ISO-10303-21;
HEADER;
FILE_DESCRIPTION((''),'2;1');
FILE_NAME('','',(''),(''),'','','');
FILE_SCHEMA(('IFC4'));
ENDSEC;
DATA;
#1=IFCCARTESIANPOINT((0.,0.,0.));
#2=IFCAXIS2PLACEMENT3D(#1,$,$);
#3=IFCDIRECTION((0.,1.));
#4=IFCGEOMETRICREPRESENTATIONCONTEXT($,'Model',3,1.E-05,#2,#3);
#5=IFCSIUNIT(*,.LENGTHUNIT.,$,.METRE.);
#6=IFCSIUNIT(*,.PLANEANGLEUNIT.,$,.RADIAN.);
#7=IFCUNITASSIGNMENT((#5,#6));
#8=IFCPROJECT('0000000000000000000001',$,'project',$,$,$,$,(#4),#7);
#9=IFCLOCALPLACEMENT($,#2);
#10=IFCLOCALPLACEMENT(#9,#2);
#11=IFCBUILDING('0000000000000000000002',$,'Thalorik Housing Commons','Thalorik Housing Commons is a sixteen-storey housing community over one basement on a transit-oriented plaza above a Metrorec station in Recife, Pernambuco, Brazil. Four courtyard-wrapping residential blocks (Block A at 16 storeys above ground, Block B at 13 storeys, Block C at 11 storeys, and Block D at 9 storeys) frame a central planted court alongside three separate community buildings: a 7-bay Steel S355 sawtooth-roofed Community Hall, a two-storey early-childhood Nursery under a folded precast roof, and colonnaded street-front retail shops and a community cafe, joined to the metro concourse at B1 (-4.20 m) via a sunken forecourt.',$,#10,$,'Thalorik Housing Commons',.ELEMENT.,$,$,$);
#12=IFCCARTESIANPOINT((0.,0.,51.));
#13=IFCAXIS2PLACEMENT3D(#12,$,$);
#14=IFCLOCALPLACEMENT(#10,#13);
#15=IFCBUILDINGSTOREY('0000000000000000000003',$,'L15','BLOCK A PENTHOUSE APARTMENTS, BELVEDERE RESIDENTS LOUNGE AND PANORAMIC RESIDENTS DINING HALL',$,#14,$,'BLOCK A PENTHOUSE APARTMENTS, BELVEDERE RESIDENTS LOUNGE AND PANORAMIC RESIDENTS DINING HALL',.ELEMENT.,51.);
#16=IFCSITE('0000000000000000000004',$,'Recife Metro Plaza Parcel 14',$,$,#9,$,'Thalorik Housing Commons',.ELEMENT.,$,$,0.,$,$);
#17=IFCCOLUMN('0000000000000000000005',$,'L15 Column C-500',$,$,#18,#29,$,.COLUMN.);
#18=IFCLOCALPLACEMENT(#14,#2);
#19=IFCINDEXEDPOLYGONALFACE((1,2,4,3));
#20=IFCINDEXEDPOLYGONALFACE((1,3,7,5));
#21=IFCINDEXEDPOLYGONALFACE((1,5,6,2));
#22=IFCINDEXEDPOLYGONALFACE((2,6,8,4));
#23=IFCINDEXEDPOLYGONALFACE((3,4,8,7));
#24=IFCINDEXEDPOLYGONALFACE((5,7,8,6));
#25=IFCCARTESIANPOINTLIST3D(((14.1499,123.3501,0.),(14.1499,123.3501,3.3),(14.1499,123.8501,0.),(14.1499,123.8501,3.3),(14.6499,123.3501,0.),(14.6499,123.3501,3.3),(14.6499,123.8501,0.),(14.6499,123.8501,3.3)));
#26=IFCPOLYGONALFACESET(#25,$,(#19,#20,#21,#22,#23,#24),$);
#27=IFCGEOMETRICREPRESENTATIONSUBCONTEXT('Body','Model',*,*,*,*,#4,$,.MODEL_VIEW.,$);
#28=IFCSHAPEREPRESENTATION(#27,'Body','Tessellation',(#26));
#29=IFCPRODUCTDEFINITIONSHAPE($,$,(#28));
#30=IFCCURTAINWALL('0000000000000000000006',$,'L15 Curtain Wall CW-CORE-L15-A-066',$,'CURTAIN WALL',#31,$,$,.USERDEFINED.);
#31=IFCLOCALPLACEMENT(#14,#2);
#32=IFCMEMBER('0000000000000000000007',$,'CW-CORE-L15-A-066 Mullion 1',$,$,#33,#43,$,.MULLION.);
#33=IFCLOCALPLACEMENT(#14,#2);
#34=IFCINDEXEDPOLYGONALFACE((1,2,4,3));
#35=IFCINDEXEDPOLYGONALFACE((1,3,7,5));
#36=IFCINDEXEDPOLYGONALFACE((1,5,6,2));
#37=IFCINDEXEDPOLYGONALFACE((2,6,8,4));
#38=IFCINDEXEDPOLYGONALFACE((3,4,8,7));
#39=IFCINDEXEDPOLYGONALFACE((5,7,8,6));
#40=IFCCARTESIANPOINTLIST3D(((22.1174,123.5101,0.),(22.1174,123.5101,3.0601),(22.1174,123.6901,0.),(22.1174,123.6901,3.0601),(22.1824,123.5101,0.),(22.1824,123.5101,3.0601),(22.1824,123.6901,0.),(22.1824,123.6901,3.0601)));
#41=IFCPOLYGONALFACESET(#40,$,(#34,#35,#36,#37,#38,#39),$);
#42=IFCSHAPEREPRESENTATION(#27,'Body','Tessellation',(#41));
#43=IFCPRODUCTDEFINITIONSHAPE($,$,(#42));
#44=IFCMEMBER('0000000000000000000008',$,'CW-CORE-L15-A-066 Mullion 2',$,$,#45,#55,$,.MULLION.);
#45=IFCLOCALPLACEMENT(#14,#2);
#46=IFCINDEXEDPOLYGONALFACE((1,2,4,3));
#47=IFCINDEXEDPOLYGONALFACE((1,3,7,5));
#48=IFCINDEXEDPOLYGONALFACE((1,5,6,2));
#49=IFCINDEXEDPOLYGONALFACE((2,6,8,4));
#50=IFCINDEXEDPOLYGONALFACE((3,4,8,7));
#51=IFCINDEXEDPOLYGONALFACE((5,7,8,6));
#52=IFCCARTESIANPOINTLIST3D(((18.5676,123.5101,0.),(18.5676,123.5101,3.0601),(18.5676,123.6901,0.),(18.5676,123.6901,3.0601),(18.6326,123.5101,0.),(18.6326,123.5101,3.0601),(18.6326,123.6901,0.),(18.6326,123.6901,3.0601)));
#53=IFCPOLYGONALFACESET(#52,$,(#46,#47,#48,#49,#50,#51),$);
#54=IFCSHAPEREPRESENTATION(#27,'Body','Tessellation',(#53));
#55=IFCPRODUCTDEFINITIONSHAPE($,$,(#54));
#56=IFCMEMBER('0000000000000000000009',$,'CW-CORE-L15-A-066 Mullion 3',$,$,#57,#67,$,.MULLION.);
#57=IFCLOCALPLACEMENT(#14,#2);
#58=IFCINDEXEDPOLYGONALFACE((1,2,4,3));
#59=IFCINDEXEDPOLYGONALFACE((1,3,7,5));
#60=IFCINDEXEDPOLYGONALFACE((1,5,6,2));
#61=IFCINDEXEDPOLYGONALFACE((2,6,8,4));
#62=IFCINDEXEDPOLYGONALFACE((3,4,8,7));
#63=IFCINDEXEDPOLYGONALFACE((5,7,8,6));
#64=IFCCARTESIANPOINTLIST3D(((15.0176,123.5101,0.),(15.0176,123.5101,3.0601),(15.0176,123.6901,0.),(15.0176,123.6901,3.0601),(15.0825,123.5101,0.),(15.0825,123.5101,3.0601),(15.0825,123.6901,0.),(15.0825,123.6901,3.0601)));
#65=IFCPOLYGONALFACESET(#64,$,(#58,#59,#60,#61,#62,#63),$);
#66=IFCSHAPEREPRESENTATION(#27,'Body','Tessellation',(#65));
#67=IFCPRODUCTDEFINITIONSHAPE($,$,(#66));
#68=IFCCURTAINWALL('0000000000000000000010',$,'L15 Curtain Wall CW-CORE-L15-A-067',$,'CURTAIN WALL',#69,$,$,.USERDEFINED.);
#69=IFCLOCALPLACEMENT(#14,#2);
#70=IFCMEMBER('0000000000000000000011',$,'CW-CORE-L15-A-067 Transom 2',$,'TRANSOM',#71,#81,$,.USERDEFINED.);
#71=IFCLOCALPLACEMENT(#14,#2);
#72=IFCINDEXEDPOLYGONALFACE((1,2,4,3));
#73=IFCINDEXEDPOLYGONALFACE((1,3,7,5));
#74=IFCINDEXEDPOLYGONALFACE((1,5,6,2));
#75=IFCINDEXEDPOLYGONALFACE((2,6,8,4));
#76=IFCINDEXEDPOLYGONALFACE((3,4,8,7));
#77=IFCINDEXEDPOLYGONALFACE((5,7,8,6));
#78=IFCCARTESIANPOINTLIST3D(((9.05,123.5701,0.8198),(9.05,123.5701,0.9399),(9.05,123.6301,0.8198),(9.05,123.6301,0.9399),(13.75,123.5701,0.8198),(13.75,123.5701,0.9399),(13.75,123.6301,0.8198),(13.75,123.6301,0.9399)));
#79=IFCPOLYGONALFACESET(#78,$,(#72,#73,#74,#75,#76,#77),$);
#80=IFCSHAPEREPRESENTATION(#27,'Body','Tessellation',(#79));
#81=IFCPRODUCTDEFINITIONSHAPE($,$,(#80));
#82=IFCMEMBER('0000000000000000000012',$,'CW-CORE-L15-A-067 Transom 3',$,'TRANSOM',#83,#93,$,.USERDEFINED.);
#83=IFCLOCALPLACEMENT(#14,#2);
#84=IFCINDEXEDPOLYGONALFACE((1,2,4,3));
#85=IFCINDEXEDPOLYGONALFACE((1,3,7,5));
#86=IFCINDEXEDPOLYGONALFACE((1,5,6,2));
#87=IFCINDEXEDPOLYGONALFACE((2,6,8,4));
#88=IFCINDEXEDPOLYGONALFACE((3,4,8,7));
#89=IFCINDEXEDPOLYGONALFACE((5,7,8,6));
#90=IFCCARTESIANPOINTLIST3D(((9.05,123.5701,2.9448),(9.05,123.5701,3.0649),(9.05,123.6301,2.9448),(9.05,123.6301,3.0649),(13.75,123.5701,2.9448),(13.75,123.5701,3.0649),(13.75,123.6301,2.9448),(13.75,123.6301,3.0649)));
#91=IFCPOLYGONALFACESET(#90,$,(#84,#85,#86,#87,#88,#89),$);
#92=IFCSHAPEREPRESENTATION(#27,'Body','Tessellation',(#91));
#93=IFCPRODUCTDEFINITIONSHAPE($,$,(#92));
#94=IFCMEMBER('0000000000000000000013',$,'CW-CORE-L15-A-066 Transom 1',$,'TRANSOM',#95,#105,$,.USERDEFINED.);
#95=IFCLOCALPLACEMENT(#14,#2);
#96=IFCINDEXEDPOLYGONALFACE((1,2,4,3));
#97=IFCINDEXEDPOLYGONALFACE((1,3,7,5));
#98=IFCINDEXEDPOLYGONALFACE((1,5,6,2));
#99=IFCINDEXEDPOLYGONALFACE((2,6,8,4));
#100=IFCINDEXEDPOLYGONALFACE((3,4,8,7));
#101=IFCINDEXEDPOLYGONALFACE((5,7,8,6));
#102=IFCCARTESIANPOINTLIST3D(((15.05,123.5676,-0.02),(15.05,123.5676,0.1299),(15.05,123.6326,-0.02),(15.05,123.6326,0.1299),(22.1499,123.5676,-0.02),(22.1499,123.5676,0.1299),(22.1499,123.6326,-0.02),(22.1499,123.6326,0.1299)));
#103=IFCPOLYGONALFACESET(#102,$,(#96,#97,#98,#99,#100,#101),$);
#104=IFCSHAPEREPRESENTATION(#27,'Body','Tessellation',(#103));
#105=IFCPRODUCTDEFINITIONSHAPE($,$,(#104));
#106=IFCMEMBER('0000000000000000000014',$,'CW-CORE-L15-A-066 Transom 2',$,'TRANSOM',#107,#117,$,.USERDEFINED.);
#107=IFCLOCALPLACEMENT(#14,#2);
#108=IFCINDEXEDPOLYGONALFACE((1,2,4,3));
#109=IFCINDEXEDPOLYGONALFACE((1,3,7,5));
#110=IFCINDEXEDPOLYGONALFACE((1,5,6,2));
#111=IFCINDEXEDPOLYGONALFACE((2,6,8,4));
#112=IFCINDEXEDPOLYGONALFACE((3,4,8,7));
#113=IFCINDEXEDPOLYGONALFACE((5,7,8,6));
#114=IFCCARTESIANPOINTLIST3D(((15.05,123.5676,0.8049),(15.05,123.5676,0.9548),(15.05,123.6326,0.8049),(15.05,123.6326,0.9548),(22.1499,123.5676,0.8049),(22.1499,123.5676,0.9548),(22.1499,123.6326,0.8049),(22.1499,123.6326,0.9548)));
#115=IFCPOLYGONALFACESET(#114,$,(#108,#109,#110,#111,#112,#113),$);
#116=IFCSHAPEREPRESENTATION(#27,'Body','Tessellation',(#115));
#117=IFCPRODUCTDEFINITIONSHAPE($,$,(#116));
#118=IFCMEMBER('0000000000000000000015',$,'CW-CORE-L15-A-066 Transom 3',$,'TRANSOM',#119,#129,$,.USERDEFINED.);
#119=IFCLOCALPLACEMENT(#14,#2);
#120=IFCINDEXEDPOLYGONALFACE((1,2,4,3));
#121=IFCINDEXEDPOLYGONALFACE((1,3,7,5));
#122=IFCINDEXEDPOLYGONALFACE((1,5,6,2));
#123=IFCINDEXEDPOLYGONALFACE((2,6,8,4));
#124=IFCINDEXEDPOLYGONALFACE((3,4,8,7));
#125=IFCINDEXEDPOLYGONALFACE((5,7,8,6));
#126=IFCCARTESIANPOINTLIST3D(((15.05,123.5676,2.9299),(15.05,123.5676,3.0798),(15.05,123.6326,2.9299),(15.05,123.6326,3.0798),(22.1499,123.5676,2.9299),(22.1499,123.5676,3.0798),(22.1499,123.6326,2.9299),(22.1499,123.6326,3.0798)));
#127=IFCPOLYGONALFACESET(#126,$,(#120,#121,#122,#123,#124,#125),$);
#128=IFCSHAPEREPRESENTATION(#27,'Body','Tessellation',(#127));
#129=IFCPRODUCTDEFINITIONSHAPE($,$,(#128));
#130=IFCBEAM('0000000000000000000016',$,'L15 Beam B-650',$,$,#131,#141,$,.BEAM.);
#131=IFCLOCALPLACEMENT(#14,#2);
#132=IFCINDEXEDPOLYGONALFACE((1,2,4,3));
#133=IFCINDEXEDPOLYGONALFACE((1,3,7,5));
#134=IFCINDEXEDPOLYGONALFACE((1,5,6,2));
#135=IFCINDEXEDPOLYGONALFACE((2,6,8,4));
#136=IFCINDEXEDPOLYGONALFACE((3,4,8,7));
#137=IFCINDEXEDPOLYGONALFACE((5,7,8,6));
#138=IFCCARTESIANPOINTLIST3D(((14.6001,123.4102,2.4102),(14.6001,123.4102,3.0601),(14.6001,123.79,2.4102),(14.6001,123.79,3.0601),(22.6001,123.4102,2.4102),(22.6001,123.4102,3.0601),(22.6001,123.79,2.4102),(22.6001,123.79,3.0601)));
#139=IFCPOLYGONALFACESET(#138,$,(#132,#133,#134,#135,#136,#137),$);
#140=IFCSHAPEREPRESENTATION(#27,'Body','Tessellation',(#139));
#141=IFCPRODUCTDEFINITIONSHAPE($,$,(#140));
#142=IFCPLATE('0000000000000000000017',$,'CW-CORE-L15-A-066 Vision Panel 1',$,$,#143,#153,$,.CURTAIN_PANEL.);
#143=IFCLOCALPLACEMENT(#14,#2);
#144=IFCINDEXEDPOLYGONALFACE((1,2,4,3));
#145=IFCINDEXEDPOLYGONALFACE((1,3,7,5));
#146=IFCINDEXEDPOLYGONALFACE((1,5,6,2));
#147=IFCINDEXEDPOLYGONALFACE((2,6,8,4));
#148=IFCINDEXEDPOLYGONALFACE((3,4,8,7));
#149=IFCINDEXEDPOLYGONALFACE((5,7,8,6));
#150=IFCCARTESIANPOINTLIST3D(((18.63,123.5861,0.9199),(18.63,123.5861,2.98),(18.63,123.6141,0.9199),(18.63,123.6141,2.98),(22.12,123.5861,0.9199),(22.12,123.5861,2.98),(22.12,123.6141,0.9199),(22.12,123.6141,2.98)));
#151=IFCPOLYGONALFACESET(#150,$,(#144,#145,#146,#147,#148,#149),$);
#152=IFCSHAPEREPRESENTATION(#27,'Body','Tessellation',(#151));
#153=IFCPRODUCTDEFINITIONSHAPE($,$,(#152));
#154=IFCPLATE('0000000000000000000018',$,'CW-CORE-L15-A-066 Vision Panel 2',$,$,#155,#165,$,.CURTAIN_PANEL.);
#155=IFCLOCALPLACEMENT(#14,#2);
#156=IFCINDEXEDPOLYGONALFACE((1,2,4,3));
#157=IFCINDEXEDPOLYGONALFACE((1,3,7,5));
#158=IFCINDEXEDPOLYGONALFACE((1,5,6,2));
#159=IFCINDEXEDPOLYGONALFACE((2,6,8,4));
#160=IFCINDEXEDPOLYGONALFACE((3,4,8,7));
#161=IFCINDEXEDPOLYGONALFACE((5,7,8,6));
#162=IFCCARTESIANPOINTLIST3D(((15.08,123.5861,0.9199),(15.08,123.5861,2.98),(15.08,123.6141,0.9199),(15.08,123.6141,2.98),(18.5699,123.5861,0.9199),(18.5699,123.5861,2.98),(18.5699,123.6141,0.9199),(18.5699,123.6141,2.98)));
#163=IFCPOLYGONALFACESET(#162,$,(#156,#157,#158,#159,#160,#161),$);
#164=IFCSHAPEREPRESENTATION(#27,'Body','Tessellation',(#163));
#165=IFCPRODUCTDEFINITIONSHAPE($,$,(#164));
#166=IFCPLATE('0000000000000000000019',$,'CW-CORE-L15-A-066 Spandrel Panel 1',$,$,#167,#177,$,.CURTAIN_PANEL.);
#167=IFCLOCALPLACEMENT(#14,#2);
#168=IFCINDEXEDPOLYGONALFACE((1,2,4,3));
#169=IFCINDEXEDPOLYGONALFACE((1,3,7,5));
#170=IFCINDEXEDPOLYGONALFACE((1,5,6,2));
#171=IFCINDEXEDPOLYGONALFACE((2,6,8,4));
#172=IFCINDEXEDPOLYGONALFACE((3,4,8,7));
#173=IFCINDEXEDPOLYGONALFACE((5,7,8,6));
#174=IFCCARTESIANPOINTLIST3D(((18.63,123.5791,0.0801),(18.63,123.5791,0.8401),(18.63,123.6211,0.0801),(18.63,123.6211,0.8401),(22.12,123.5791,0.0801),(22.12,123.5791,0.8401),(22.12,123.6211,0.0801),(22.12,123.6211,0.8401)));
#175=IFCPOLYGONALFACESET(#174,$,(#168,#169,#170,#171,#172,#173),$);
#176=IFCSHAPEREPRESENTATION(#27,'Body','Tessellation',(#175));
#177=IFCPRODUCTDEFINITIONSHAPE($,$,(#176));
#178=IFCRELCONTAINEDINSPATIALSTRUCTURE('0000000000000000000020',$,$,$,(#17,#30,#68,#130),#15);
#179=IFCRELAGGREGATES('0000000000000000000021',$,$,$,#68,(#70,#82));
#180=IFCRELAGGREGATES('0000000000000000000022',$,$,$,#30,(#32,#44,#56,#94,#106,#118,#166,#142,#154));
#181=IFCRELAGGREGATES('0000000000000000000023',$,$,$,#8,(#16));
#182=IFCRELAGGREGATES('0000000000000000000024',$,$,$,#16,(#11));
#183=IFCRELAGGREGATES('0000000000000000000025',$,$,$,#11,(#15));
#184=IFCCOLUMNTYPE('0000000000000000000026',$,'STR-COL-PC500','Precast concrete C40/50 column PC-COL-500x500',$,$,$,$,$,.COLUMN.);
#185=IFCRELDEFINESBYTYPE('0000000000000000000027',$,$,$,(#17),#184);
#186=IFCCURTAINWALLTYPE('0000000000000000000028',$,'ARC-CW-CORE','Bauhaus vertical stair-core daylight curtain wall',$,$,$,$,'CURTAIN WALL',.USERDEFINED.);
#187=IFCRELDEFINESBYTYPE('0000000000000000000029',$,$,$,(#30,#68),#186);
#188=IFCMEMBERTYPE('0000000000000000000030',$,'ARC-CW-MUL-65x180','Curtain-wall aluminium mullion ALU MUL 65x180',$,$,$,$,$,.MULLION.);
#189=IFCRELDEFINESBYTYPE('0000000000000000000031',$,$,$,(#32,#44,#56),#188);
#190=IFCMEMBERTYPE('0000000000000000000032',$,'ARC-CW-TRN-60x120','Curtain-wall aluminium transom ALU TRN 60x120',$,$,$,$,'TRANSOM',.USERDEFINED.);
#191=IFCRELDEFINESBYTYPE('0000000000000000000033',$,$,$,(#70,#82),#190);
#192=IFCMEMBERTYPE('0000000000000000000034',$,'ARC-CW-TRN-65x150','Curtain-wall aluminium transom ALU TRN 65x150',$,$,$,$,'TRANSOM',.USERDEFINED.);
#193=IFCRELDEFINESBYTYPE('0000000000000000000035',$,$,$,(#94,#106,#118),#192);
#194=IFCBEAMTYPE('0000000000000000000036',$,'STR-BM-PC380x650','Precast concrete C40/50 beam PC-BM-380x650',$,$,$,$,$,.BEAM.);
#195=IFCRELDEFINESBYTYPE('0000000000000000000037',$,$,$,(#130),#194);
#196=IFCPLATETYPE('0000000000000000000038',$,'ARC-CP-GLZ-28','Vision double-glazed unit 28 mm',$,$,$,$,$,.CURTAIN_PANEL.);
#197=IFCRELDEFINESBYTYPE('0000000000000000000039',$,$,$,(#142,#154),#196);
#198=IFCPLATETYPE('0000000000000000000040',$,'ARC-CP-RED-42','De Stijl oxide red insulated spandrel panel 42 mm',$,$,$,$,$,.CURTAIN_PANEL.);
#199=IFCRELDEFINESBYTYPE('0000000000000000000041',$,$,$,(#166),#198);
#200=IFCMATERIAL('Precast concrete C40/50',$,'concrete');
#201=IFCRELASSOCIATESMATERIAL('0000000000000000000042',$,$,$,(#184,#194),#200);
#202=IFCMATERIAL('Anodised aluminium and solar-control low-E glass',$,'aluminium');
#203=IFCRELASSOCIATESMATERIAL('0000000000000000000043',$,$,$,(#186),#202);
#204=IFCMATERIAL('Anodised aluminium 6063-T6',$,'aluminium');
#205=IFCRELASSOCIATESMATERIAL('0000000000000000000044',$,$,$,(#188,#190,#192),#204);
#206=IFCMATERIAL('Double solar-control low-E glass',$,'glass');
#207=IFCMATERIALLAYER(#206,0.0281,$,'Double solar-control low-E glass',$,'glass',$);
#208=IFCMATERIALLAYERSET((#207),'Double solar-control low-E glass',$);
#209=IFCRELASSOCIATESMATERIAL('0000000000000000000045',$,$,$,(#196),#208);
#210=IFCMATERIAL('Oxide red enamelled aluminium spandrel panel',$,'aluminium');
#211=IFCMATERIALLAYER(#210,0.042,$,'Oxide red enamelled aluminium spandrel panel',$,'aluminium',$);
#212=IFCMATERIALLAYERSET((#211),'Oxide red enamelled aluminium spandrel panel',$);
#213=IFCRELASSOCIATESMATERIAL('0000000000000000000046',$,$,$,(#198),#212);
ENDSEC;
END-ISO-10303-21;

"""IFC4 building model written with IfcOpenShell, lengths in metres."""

from ifc_helpers import new_model, si_unit, direction, frame, origin, origin_2d, place, context, subcontext, project, spatial, rectangle, extrude, material, layer, layer_set, material_profile, profile_set, type_object, element, aggregate, save


model = new_model("IFC4")

# Units and contexts
model_context = context("Model", 3, precision=1e-05, world=origin(), true_north=direction((0.0, 1.0)))
body_context = subcontext(model_context, "Body", "Model", "MODEL_VIEW")
ifc_project = project(units=[si_unit("LENGTHUNIT", "METRE"), si_unit("PLANEANGLEUNIT", "RADIAN")], contexts=[model_context])

# Site, building, storey
site_placement = place(None, origin())
site = spatial("IfcSite", under=ifc_project, at=site_placement, Name="Recife Metro Plaza Parcel 14", LongName="Thalorik Housing Commons", CompositionType="ELEMENT", RefElevation=0.0)
building_placement = place(site_placement, origin())
building = spatial("IfcBuilding", under=site, at=building_placement, Name="Thalorik Housing Commons", Description="Thalorik Housing Commons is a sixteen-storey housing community over one basement on a transit-oriented plaza above a Metrorec station in Recife, Pernambuco, Brazil. Four courtyard-wrapping residential blocks (Block A at 16 storeys above ground, Block B at 13 storeys, Block C at 11 storeys, and Block D at 9 storeys) frame a central planted court alongside three separate community buildings: a 7-bay Steel S355 sawtooth-roofed Community Hall, a two-storey early-childhood Nursery under a folded precast roof, and colonnaded street-front retail shops and a community cafe, joined to the metro concourse at B1 (-4.20 m) via a sunken forecourt.", LongName="Thalorik Housing Commons", CompositionType="ELEMENT")
storey_placement = place(building_placement, frame((0.0, 0.0, 51.0)))
storey = spatial("IfcBuildingStorey", under=building, at=storey_placement, Name="L15", Description="BLOCK A PENTHOUSE APARTMENTS, BELVEDERE RESIDENTS LOUNGE AND PANORAMIC RESIDENTS DINING HALL", LongName="BLOCK A PENTHOUSE APARTMENTS, BELVEDERE RESIDENTS LOUNGE AND PANORAMIC RESIDENTS DINING HALL", CompositionType="ELEMENT", Elevation=51.0)

# Column
ifc_material_1 = material(Name="Precast concrete C40/50", Category="concrete")
ifc_material_profile_1 = material_profile(ifc_material_1, rectangle(XDim=0.5, YDim=0.5, at=origin_2d()), Name="PC 500x500", Category="concrete")
ifc_profile_set_1 = profile_set([ifc_material_profile_1], Name="Precast concrete C40/50")
column_type = type_object("IfcColumnType", Name="STR-COL-PC500", Description="Precast concrete C40/50 column PC-COL-500x500", PredefinedType="COLUMN", material=ifc_profile_set_1)
column_placement = place(storey_placement, frame((14.3999, 123.6001, 0.0), z_axis=(0.0, 0.0, 1.0), x_axis=(1.0, 0.0, 0.0)))
element("IfcColumn", 1, at=column_placement, inside=storey, type_object=column_type, Name="L15 Column C-500", PredefinedType="COLUMN", context=body_context, shape_type="SweptSolid", body=[
    extrude(rectangle(XDim=0.5, YDim=0.5, at=origin_2d()), origin(), (0.0, 0.0, 1.0), 3.3),
])

# Curtain walls, members
ifc_material_2 = material(Name="Anodised aluminium and solar-control low-E glass", Category="aluminium")
curtain_wall_type = type_object("IfcCurtainWallType", Name="ARC-CW-CORE", Description="Bauhaus vertical stair-core daylight curtain wall", ElementType="CURTAIN WALL", PredefinedType="USERDEFINED", material=ifc_material_2)
curtain_wall_1_placement = place(storey_placement, origin())
curtain_wall_1 = element("IfcCurtainWall", 2, at=curtain_wall_1_placement, inside=storey, type_object=curtain_wall_type, Name="L15 Curtain Wall CW-CORE-L15-A-066", ObjectType="CURTAIN WALL", PredefinedType="USERDEFINED")
ifc_material_3 = material(Name="Anodised aluminium 6063-T6", Category="aluminium")
ifc_material_profile_2 = material_profile(ifc_material_3, rectangle(XDim=0.0649, YDim=0.1799, at=origin_2d()), Name="ALU MUL 65x180", Category="aluminium")
ifc_profile_set_2 = profile_set([ifc_material_profile_2], Name="Anodised aluminium 6063-T6")
member_type_1 = type_object("IfcMemberType", Name="ARC-CW-MUL-65x180", Description="Curtain-wall aluminium mullion ALU MUL 65x180", PredefinedType="MULLION", material=ifc_profile_set_2)
member_1_placement = place(storey_placement, frame((22.1499, 123.6001, 0.0), z_axis=(0.0, 0.0, 1.0), x_axis=(-1.0, 0.0, 0.0)))
member_1 = element("IfcMember", 3, at=member_1_placement, type_object=member_type_1, Name="CW-CORE-L15-A-066 Mullion 1", PredefinedType="MULLION", context=body_context, shape_type="SweptSolid", body=[
    extrude(rectangle(XDim=0.0649, YDim=0.1799, at=origin_2d()), origin(), (0.0, 0.0, 1.0), 3.0601),
])
member_2_placement = place(storey_placement, frame((18.6001, 123.6001, 0.0), z_axis=(0.0, 0.0, 1.0), x_axis=(-1.0, 0.0, 0.0)))
member_2 = element("IfcMember", 4, at=member_2_placement, type_object=member_type_1, Name="CW-CORE-L15-A-066 Mullion 2", PredefinedType="MULLION", context=body_context, shape_type="SweptSolid", body=[
    extrude(rectangle(XDim=0.0649, YDim=0.1799, at=origin_2d()), origin(), (0.0, 0.0, 1.0), 3.0601),
])
member_3_placement = place(storey_placement, frame((15.05, 123.6001, 0.0), z_axis=(0.0, 0.0, 1.0), x_axis=(-1.0, 0.0, 0.0)))
member_3 = element("IfcMember", 5, at=member_3_placement, type_object=member_type_1, Name="CW-CORE-L15-A-066 Mullion 3", PredefinedType="MULLION", context=body_context, shape_type="SweptSolid", body=[
    extrude(rectangle(XDim=0.0649, YDim=0.1799, at=origin_2d()), origin(), (0.0, 0.0, 1.0), 3.0601),
])
curtain_wall_2_placement = place(storey_placement, origin())
curtain_wall_2 = element("IfcCurtainWall", 6, at=curtain_wall_2_placement, inside=storey, type_object=curtain_wall_type, Name="L15 Curtain Wall CW-CORE-L15-A-067", ObjectType="CURTAIN WALL", PredefinedType="USERDEFINED")
ifc_material_profile_3 = material_profile(ifc_material_3, rectangle(XDim=0.0601, YDim=0.1201, at=origin_2d()), Name="ALU TRN 60x120", Category="aluminium")
ifc_profile_set_3 = profile_set([ifc_material_profile_3], Name="Anodised aluminium 6063-T6")
member_type_2 = type_object("IfcMemberType", Name="ARC-CW-TRN-60x120", Description="Curtain-wall aluminium transom ALU TRN 60x120", ElementType="TRANSOM", PredefinedType="USERDEFINED", material=ifc_profile_set_3)
member_4_placement = place(storey_placement, frame((13.75, 123.6001, 0.8799), z_axis=(-1.0, 0.0, 0.0), x_axis=(0.0, -1.0, 0.0)))
member_4 = element("IfcMember", 7, at=member_4_placement, type_object=member_type_2, Name="CW-CORE-L15-A-067 Transom 2", ObjectType="TRANSOM", PredefinedType="USERDEFINED", context=body_context, shape_type="SweptSolid", body=[
    extrude(rectangle(XDim=0.0601, YDim=0.1201, at=origin_2d()), origin(), (0.0, 0.0, 1.0), 4.7),
])
member_5_placement = place(storey_placement, frame((13.75, 123.6001, 3.0049), z_axis=(-1.0, 0.0, 0.0), x_axis=(0.0, -1.0, 0.0)))
member_5 = element("IfcMember", 8, at=member_5_placement, type_object=member_type_2, Name="CW-CORE-L15-A-067 Transom 3", ObjectType="TRANSOM", PredefinedType="USERDEFINED", context=body_context, shape_type="SweptSolid", body=[
    extrude(rectangle(XDim=0.0601, YDim=0.1201, at=origin_2d()), origin(), (0.0, 0.0, 1.0), 4.7),
])
aggregate(curtain_wall_2, [member_4, member_5])

# Members
ifc_material_profile_4 = material_profile(ifc_material_3, rectangle(XDim=0.0649, YDim=0.1499, at=origin_2d()), Name="ALU TRN 65x150", Category="aluminium")
ifc_profile_set_4 = profile_set([ifc_material_profile_4], Name="Anodised aluminium 6063-T6")
member_type_3 = type_object("IfcMemberType", Name="ARC-CW-TRN-65x150", Description="Curtain-wall aluminium transom ALU TRN 65x150", ElementType="TRANSOM", PredefinedType="USERDEFINED", material=ifc_profile_set_4)
member_6_placement = place(storey_placement, frame((22.1499, 123.6001, 0.0549), z_axis=(-1.0, 0.0, 0.0), x_axis=(0.0, -1.0, 0.0)))
member_6 = element("IfcMember", 9, at=member_6_placement, type_object=member_type_3, Name="CW-CORE-L15-A-066 Transom 1", ObjectType="TRANSOM", PredefinedType="USERDEFINED", context=body_context, shape_type="SweptSolid", body=[
    extrude(rectangle(XDim=0.0649, YDim=0.1499, at=origin_2d()), origin(), (0.0, 0.0, 1.0), 7.0999),
])
member_7_placement = place(storey_placement, frame((22.1499, 123.6001, 0.8799), z_axis=(-1.0, 0.0, 0.0), x_axis=(0.0, -1.0, 0.0)))
member_7 = element("IfcMember", 10, at=member_7_placement, type_object=member_type_3, Name="CW-CORE-L15-A-066 Transom 2", ObjectType="TRANSOM", PredefinedType="USERDEFINED", context=body_context, shape_type="SweptSolid", body=[
    extrude(rectangle(XDim=0.0649, YDim=0.1499, at=origin_2d()), origin(), (0.0, 0.0, 1.0), 7.0999),
])
member_8_placement = place(storey_placement, frame((22.1499, 123.6001, 3.0049), z_axis=(-1.0, 0.0, 0.0), x_axis=(0.0, -1.0, 0.0)))
member_8 = element("IfcMember", 11, at=member_8_placement, type_object=member_type_3, Name="CW-CORE-L15-A-066 Transom 3", ObjectType="TRANSOM", PredefinedType="USERDEFINED", context=body_context, shape_type="SweptSolid", body=[
    extrude(rectangle(XDim=0.0649, YDim=0.1499, at=origin_2d()), origin(), (0.0, 0.0, 1.0), 7.0999),
])

# Beam
ifc_material_profile_5 = material_profile(ifc_material_1, rectangle(XDim=0.3799, YDim=0.6499, at=origin_2d()), Name="PC 380x650", Category="concrete")
ifc_profile_set_5 = profile_set([ifc_material_profile_5], Name="Precast concrete C40/50")
beam_type = type_object("IfcBeamType", Name="STR-BM-PC380x650", Description="Precast concrete C40/50 beam PC-BM-380x650", PredefinedType="BEAM", material=ifc_profile_set_5)
beam_placement = place(storey_placement, frame((14.6001, 123.6001, 2.7351), z_axis=(1.0, 0.0, 0.0), x_axis=(0.0, 1.0, 0.0)))
element("IfcBeam", 12, at=beam_placement, inside=storey, type_object=beam_type, Name="L15 Beam B-650", PredefinedType="BEAM", context=body_context, shape_type="SweptSolid", body=[
    extrude(rectangle(XDim=0.3799, YDim=0.6499, at=origin_2d()), origin(), (0.0, 0.0, 1.0), 8.0),
])

# Plates
ifc_material_4 = material(Name="Double solar-control low-E glass", Category="glass")
ifc_layer_1 = layer(ifc_material_4, 0.0281, Name="Double solar-control low-E glass", Category="glass")
ifc_layer_set_1 = layer_set([ifc_layer_1], Name="Double solar-control low-E glass")
plate_type_1 = type_object("IfcPlateType", Name="ARC-CP-GLZ-28", Description="Vision double-glazed unit 28 mm", PredefinedType="CURTAIN_PANEL", material=ifc_layer_set_1)
plate_1_placement = place(storey_placement, frame((20.375, 123.6001, 0.9199), z_axis=(0.0, 0.0, 1.0), x_axis=(-1.0, 0.0, 0.0)))
plate_1 = element("IfcPlate", 13, at=plate_1_placement, type_object=plate_type_1, Name="CW-CORE-L15-A-066 Vision Panel 1", PredefinedType="CURTAIN_PANEL", context=body_context, shape_type="SweptSolid", body=[
    extrude(rectangle(XDim=3.49, YDim=0.0281, at=origin_2d()), origin(), (0.0, 0.0, 1.0), 2.0601),
])
plate_2_placement = place(storey_placement, frame((16.825, 123.6001, 0.9199), z_axis=(0.0, 0.0, 1.0), x_axis=(-1.0, 0.0, 0.0)))
plate_2 = element("IfcPlate", 14, at=plate_2_placement, type_object=plate_type_1, Name="CW-CORE-L15-A-066 Vision Panel 2", PredefinedType="CURTAIN_PANEL", context=body_context, shape_type="SweptSolid", body=[
    extrude(rectangle(XDim=3.49, YDim=0.0281, at=origin_2d()), origin(), (0.0, 0.0, 1.0), 2.0601),
])
ifc_material_5 = material(Name="Oxide red enamelled aluminium spandrel panel", Category="aluminium")
ifc_layer_2 = layer(ifc_material_5, 0.042, Name="Oxide red enamelled aluminium spandrel panel", Category="aluminium")
ifc_layer_set_2 = layer_set([ifc_layer_2], Name="Oxide red enamelled aluminium spandrel panel")
plate_type_2 = type_object("IfcPlateType", Name="ARC-CP-RED-42", Description="De Stijl oxide red insulated spandrel panel 42 mm", PredefinedType="CURTAIN_PANEL", material=ifc_layer_set_2)
plate_3_placement = place(storey_placement, frame((20.375, 123.6001, 0.0801), z_axis=(0.0, 0.0, 1.0), x_axis=(-1.0, 0.0, 0.0)))
plate_3 = element("IfcPlate", 15, at=plate_3_placement, type_object=plate_type_2, Name="CW-CORE-L15-A-066 Spandrel Panel 1", PredefinedType="CURTAIN_PANEL", context=body_context, shape_type="SweptSolid", body=[
    extrude(rectangle(XDim=3.49, YDim=0.042, at=origin_2d()), origin(), (0.0, 0.0, 1.0), 0.76),
])
aggregate(curtain_wall_1, [member_1, member_2, member_3, member_6, member_7, member_8, plate_3, plate_1, plate_2])

save(model, "model.ifc")
